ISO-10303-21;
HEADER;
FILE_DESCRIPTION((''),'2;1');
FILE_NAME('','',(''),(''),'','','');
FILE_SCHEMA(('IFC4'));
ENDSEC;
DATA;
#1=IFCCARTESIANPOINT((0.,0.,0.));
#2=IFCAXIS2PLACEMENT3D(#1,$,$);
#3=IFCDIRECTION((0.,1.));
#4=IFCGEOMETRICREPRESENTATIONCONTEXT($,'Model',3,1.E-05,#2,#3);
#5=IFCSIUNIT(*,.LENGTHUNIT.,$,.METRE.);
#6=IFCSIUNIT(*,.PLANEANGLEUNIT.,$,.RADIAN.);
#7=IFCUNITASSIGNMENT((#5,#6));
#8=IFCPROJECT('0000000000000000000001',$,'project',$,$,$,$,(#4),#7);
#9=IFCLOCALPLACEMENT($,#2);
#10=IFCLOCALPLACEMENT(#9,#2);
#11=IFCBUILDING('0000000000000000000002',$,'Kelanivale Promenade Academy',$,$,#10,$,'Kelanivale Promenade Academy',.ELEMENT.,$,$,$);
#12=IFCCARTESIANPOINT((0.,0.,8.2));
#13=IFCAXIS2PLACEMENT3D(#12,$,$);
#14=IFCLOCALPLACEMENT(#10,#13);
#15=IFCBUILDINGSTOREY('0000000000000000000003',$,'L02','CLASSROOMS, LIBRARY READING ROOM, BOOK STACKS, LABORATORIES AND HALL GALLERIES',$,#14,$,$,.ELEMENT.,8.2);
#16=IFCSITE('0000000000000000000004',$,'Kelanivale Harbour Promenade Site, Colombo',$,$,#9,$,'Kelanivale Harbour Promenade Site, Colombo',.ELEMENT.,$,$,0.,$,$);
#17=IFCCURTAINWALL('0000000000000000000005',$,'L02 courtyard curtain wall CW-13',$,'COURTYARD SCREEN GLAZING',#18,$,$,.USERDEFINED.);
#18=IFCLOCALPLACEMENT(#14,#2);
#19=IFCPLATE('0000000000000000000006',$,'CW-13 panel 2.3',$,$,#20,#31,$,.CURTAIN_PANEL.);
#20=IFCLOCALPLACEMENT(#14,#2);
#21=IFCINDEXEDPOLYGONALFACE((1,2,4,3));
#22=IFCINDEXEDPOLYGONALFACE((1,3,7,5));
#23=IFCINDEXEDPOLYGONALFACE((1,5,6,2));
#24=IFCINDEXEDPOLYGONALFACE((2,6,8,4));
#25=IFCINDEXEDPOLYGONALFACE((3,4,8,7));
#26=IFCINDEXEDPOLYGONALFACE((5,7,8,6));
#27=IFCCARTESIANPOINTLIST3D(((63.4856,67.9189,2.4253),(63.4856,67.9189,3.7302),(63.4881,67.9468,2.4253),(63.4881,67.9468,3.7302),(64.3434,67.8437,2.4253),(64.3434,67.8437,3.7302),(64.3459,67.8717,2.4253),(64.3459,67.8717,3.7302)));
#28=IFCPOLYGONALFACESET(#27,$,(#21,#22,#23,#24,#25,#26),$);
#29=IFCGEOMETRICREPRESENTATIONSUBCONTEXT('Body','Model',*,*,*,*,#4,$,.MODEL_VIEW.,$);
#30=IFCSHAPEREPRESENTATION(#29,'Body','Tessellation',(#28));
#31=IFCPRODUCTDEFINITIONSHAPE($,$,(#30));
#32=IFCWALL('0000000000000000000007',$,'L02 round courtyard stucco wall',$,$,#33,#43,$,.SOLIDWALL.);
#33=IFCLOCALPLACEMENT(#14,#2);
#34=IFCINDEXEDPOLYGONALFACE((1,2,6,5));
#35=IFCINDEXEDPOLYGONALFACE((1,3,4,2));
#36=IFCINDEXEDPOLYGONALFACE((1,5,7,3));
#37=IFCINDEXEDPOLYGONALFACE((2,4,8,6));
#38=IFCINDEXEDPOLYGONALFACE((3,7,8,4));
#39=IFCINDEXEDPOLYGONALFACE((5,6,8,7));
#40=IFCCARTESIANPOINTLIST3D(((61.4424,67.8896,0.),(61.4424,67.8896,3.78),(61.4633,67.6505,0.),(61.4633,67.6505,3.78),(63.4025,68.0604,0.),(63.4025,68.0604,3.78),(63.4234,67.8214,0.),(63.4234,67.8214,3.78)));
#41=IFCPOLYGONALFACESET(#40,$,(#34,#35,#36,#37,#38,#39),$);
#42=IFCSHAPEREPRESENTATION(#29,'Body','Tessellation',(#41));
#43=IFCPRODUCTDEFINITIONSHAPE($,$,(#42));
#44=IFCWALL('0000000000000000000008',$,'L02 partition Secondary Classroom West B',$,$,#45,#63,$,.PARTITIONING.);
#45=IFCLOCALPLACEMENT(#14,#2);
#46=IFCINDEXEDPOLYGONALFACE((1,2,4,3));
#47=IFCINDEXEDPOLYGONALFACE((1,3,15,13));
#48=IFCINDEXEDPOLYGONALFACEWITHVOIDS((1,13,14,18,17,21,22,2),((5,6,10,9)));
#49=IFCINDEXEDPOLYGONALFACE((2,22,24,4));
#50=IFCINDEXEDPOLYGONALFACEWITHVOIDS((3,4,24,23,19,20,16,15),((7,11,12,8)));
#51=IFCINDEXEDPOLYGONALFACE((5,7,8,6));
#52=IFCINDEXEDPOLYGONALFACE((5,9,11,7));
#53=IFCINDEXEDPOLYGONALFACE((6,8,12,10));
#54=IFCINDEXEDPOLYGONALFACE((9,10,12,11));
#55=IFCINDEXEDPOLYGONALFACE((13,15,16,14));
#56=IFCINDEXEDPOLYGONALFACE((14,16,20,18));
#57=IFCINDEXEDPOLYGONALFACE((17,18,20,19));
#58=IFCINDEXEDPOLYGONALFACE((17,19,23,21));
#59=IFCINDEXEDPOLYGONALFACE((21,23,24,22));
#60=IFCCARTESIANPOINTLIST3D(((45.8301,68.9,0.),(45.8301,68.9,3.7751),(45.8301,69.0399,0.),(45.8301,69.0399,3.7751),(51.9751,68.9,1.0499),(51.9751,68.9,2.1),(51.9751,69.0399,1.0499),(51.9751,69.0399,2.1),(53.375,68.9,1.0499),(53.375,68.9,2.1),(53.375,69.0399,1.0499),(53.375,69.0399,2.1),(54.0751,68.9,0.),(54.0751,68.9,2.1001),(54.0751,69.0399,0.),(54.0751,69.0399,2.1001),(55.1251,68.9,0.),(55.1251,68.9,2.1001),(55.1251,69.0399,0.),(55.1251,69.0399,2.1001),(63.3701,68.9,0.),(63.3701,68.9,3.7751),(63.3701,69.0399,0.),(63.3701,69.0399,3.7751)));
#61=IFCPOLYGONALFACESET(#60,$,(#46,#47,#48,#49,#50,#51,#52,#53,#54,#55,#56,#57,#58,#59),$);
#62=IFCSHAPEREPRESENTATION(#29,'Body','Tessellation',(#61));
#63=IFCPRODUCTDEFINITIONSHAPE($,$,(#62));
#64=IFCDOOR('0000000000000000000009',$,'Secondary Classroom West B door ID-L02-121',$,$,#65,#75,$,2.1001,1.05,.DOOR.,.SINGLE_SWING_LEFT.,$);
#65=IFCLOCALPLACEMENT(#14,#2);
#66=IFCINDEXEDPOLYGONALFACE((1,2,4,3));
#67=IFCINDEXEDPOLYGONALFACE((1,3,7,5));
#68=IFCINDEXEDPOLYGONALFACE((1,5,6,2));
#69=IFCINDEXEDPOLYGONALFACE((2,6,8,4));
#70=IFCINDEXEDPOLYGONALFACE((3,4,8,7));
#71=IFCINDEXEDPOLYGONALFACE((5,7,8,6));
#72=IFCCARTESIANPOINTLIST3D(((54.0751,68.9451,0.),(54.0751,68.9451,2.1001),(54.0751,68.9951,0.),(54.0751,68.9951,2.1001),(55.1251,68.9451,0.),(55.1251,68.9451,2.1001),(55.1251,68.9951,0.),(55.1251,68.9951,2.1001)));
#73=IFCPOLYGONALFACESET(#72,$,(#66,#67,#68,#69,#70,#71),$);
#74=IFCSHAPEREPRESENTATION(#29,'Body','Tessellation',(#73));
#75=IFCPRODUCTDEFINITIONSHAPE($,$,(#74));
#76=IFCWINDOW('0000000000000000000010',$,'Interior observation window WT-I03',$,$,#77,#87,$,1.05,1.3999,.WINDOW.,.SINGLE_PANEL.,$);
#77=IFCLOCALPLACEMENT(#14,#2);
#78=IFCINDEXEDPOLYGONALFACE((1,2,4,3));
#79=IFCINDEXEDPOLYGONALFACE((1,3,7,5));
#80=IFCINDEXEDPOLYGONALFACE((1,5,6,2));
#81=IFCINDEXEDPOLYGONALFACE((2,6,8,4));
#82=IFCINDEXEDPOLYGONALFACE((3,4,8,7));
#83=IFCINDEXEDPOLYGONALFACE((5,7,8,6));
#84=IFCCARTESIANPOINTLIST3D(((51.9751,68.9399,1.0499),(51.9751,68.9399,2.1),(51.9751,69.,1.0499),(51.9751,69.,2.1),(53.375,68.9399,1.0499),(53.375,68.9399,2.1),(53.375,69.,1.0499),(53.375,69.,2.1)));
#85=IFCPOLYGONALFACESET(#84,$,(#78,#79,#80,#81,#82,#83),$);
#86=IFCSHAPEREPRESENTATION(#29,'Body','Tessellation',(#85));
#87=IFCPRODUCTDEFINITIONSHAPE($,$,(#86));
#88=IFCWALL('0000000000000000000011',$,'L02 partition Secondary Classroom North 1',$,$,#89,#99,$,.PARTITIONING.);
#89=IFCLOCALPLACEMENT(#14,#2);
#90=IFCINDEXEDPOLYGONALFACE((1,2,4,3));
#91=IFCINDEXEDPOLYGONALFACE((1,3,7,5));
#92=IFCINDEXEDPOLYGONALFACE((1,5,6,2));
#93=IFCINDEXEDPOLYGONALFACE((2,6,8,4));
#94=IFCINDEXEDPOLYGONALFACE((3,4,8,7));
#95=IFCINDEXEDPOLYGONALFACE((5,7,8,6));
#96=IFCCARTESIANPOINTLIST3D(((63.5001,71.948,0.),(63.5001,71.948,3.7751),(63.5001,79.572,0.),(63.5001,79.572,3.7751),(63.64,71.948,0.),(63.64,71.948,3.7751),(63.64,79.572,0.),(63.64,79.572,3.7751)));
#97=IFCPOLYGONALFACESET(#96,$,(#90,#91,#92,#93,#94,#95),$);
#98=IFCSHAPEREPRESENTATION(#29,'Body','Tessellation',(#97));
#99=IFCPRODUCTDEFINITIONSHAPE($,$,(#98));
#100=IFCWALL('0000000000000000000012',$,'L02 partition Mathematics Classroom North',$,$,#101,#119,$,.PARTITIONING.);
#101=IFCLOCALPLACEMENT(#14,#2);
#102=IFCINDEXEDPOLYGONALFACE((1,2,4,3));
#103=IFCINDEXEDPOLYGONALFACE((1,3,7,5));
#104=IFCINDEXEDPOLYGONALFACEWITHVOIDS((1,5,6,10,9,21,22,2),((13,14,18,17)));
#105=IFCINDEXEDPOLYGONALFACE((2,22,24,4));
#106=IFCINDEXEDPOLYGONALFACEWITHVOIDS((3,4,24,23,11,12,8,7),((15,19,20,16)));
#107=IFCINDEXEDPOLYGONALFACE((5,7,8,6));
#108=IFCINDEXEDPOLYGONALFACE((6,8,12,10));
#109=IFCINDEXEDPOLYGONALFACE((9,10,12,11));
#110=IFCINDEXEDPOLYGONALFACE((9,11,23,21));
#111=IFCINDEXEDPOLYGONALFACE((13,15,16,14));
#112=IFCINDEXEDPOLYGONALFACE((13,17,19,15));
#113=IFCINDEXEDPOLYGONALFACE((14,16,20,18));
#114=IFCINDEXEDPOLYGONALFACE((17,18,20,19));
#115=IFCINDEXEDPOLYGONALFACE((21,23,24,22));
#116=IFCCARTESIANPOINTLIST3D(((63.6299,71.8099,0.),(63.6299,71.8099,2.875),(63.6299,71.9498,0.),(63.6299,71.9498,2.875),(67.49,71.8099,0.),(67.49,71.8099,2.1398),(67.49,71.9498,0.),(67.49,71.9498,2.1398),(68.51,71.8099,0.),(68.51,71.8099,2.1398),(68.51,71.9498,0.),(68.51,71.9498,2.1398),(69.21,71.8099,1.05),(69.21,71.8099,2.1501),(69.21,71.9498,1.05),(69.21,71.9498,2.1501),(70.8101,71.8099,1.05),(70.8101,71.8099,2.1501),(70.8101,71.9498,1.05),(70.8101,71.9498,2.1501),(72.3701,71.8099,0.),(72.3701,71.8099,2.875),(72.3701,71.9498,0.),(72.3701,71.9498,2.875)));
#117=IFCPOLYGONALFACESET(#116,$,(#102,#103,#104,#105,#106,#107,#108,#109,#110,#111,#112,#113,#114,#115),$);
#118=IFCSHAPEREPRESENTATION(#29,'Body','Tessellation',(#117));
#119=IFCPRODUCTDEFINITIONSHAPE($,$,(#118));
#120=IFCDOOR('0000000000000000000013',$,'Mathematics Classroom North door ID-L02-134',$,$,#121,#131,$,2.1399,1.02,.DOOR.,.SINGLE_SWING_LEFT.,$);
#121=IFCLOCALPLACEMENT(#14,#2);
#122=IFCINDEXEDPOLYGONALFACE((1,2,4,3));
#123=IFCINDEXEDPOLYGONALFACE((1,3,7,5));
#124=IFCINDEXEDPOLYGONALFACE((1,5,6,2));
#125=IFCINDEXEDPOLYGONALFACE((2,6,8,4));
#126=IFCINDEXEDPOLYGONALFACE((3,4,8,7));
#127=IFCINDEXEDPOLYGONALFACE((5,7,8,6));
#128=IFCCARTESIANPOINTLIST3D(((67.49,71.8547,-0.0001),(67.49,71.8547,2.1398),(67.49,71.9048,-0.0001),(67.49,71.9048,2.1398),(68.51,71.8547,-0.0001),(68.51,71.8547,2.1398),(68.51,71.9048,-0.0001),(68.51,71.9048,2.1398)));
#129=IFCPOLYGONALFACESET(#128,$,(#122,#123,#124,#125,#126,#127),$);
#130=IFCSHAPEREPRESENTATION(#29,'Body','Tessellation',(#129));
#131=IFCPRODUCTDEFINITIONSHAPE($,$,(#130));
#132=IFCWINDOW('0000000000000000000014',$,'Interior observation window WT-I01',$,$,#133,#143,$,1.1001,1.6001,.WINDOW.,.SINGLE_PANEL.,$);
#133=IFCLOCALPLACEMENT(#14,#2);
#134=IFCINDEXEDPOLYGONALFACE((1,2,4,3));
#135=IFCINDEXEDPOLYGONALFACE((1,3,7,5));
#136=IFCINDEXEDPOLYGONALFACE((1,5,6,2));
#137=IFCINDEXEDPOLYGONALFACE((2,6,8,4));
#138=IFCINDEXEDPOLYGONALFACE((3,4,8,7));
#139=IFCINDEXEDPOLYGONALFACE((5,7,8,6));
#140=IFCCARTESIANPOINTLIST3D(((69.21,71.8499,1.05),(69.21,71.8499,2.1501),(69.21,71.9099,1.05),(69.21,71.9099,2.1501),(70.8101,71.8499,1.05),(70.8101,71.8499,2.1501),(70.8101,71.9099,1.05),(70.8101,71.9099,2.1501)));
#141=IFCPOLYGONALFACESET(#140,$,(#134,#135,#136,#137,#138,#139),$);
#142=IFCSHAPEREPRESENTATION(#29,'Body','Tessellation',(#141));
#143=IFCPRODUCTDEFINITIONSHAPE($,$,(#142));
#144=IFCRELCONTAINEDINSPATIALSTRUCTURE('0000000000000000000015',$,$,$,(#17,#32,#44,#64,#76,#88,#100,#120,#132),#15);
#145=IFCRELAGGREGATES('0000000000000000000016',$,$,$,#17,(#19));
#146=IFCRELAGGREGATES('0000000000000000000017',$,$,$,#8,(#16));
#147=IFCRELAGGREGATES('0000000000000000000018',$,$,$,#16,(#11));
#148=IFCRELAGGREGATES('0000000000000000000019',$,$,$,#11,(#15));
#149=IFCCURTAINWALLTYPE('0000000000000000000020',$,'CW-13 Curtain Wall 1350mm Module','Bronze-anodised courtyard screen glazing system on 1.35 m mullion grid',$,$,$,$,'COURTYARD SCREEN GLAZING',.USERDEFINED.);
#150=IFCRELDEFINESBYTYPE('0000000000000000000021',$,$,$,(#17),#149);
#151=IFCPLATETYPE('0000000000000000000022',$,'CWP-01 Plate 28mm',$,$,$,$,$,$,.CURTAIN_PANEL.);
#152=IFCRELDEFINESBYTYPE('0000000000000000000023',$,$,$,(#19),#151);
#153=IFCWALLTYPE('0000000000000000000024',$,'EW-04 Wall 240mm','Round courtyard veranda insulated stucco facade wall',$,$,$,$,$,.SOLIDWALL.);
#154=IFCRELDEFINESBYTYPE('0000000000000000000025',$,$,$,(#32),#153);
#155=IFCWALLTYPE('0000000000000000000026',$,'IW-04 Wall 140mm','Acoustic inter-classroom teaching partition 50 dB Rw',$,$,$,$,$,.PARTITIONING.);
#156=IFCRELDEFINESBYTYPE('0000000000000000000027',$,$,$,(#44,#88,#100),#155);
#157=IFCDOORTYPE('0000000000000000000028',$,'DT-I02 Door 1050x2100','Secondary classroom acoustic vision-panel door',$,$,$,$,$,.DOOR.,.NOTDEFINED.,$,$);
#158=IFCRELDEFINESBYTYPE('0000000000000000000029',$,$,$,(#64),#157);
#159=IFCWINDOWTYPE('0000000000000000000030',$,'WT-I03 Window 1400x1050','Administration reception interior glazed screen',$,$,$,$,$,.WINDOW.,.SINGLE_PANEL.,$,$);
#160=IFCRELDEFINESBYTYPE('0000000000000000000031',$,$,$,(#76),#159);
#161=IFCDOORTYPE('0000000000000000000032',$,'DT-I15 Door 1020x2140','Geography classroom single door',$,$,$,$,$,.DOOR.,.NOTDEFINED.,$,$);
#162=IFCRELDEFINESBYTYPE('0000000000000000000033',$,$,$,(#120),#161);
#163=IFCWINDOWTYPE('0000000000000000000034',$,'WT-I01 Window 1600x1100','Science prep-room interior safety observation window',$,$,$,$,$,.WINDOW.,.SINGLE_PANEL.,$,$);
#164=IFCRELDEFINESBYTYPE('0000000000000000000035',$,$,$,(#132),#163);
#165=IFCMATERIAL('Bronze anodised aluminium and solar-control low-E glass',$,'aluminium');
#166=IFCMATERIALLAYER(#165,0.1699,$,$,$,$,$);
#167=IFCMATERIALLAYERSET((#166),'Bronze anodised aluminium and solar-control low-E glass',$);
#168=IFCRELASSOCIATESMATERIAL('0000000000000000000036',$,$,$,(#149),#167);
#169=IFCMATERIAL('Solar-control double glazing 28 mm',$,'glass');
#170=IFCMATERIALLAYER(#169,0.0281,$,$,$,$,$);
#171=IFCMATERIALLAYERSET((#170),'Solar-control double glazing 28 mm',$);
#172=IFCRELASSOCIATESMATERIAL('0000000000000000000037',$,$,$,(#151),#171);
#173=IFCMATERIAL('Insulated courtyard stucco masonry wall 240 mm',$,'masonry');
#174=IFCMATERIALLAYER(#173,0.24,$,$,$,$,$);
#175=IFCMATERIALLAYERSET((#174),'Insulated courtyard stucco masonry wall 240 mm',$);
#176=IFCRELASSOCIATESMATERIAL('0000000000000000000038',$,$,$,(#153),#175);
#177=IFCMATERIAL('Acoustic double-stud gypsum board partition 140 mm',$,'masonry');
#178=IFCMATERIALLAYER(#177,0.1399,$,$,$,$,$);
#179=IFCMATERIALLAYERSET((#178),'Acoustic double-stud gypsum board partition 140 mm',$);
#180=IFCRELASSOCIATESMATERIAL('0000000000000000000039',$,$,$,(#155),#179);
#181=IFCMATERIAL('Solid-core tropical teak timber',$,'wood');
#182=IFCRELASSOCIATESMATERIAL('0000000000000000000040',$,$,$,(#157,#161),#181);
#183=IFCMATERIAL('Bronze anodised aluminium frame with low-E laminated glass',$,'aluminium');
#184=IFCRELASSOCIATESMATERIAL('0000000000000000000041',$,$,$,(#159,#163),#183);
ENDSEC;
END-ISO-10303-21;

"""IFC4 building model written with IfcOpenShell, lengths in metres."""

from ifc_helpers import new_model, si_unit, direction, frame, frame_2d, origin, origin_2d, place, context, subcontext, project, spatial, rectangle, extrude, material, layer, layer_set, type_object, element, fill, aggregate, save


model = new_model("IFC4")

# Units and contexts
model_context = context("Model", 3, precision=1e-05, world=origin(), true_north=direction((0.0, 1.0)))
body_context = subcontext(model_context, "Body", "Model", "MODEL_VIEW")
ifc_project = project(units=[si_unit("LENGTHUNIT", "METRE"), si_unit("PLANEANGLEUNIT", "RADIAN")], contexts=[model_context])

# Site, building, storey
site_placement = place(None, origin())
site = spatial("IfcSite", under=ifc_project, at=site_placement, Name="Kelanivale Harbour Promenade Site, Colombo", LongName="Kelanivale Harbour Promenade Site, Colombo", CompositionType="ELEMENT", RefElevation=0.0)
building_placement = place(site_placement, origin())
building = spatial("IfcBuilding", under=site, at=building_placement, Name="Kelanivale Promenade Academy", LongName="Kelanivale Promenade Academy", CompositionType="ELEMENT")
storey_placement = place(building_placement, frame((0.0, 0.0, 8.2)))
storey = spatial("IfcBuildingStorey", under=building, at=storey_placement, Name="L02", Description="CLASSROOMS, LIBRARY READING ROOM, BOOK STACKS, LABORATORIES AND HALL GALLERIES", CompositionType="ELEMENT", Elevation=8.2)

# Curtain wall
ifc_material_1 = material(Name="Bronze anodised aluminium and solar-control low-E glass", Category="aluminium")
ifc_layer_1 = layer(ifc_material_1, 0.1699)
ifc_layer_set_1 = layer_set([ifc_layer_1], Name="Bronze anodised aluminium and solar-control low-E glass")
curtain_wall_type = type_object("IfcCurtainWallType", Name="CW-13 Curtain Wall 1350mm Module", Description="Bronze-anodised courtyard screen glazing system on 1.35 m mullion grid", ElementType="COURTYARD SCREEN GLAZING", PredefinedType="USERDEFINED", material=ifc_layer_set_1)
curtain_wall_placement = place(storey_placement, origin())
curtain_wall = element("IfcCurtainWall", 1, at=curtain_wall_placement, inside=storey, type_object=curtain_wall_type, Name="L02 courtyard curtain wall CW-13", ObjectType="COURTYARD SCREEN GLAZING", PredefinedType="USERDEFINED")

# Plate
ifc_material_2 = material(Name="Solar-control double glazing 28 mm", Category="glass")
ifc_layer_2 = layer(ifc_material_2, 0.0281)
ifc_layer_set_2 = layer_set([ifc_layer_2], Name="Solar-control double glazing 28 mm")
plate_type = type_object("IfcPlateType", Name="CWP-01 Plate 28mm", PredefinedType="CURTAIN_PANEL", material=ifc_layer_set_2)
plate_1_placement = place(storey_placement, frame((63.9158, 67.8953, 2.4253), z_axis=(0.0, 0.0, 1.0), x_axis=(-0.996185, 0.087265, 0.0)))
plate_1 = element("IfcPlate", 2, at=plate_1_placement, type_object=plate_type, Name="CW-13 panel 2.3", PredefinedType="CURTAIN_PANEL", context=body_context, shape_type="SweptSolid", body=[
    extrude(rectangle(XDim=0.8611, YDim=0.0281, at=origin_2d()), origin(), (0.0, 0.0, 1.0), 1.3049),
])
aggregate(curtain_wall, [plate_1])

# Wall
ifc_material_3 = material(Name="Insulated courtyard stucco masonry wall 240 mm", Category="masonry")
ifc_layer_3 = layer(ifc_material_3, 0.24)
ifc_layer_set_3 = layer_set([ifc_layer_3], Name="Insulated courtyard stucco masonry wall 240 mm")
wall_type_1 = type_object("IfcWallType", Name="EW-04 Wall 240mm", Description="Round courtyard veranda insulated stucco facade wall", PredefinedType="SOLIDWALL", material=ifc_layer_set_3)
wall_1_placement = place(storey_placement, frame((63.4131, 67.9409, 0.0), z_axis=(0.0, 0.0, 1.0), x_axis=(-0.996221, -0.086854, 0.0)))
element("IfcWall", 3, at=wall_1_placement, inside=storey, type_object=wall_type_1, Name="L02 round courtyard stucco wall", PredefinedType="SOLIDWALL", context=body_context, shape_type="SweptSolid", body=[
    extrude(rectangle(XDim=1.9675, YDim=0.24, at=frame_2d((0.9839, 0.0))), origin(), (0.0, 0.0, 1.0), 3.78),
])

# Wall, openings, door, window
ifc_material_4 = material(Name="Acoustic double-stud gypsum board partition 140 mm", Category="masonry")
ifc_layer_4 = layer(ifc_material_4, 0.1399)
ifc_layer_set_4 = layer_set([ifc_layer_4], Name="Acoustic double-stud gypsum board partition 140 mm")
wall_type_2 = type_object("IfcWallType", Name="IW-04 Wall 140mm", Description="Acoustic inter-classroom teaching partition 50 dB Rw", PredefinedType="PARTITIONING", material=ifc_layer_set_4)
wall_2_placement = place(storey_placement, frame((63.3701, 68.97, 0.0), z_axis=(0.0, 0.0, 1.0), x_axis=(-1.0, 0.0, 0.0)))
wall_2 = element("IfcWall", 4, at=wall_2_placement, inside=storey, type_object=wall_type_2, Name="L02 partition Secondary Classroom West B", PredefinedType="PARTITIONING", context=body_context, shape_type="SweptSolid", body=[
    extrude(rectangle(XDim=17.54, YDim=0.1399, at=frame_2d((8.77, 0.0))), origin(), (0.0, 0.0, 1.0), 3.7751),
])
opening_1_placement = place(wall_2_placement, frame((8.2451, 0.0, 0.0)))
opening_1 = element("IfcOpeningElement", 5, at=opening_1_placement, cuts=wall_2, PredefinedType="OPENING", context=body_context, shape_type="SweptSolid", body=[
    extrude(rectangle(XDim=1.05, YDim=2.1001, at=frame_2d((0.5249, 1.05))), frame((0.0, 0.0801, 0.0), z_axis=(0.0, -1.0, 0.0), x_axis=(1.0, 0.0, 0.0)), (0.0, 0.0, 1.0), 0.1599),
])
opening_2_placement = place(wall_2_placement, frame((9.9951, 0.0, 1.05)))
opening_2 = element("IfcOpeningElement", 6, at=opening_2_placement, cuts=wall_2, PredefinedType="OPENING", context=body_context, shape_type="SweptSolid", body=[
    extrude(rectangle(XDim=1.3999, YDim=1.05, at=frame_2d((0.7, 0.5249))), frame((0.0, 0.0801, 0.0), z_axis=(0.0, -1.0, 0.0), x_axis=(1.0, 0.0, 0.0)), (0.0, 0.0, 1.0), 0.1599),
])
ifc_material_5 = material(Name="Solid-core tropical teak timber", Category="wood")
door_type_1 = type_object("IfcDoorType", Name="DT-I02 Door 1050x2100", Description="Secondary classroom acoustic vision-panel door", OperationType="NOTDEFINED", PredefinedType="DOOR", material=ifc_material_5)
door_1_placement = place(opening_1_placement, origin())
door_1 = element("IfcDoor", 7, at=door_1_placement, inside=storey, type_object=door_type_1, Name="Secondary Classroom West B door ID-L02-121", OperationType="SINGLE_SWING_LEFT", OverallHeight=2.1001, OverallWidth=1.05, PredefinedType="DOOR", context=body_context, shape_type="SweptSolid", body=[
    extrude(rectangle(XDim=1.05, YDim=2.1001, at=frame_2d((0.5249, 1.05))), frame((0.0, 0.0249, 0.0), z_axis=(0.0, -1.0, 0.0), x_axis=(1.0, 0.0, 0.0)), (0.0, 0.0, 1.0), 0.05),
])
fill(opening_1, door_1)
ifc_material_6 = material(Name="Bronze anodised aluminium frame with low-E laminated glass", Category="aluminium")
window_type_1 = type_object("IfcWindowType", Name="WT-I03 Window 1400x1050", Description="Administration reception interior glazed screen", PartitioningType="SINGLE_PANEL", PredefinedType="WINDOW", material=ifc_material_6)
window_1_placement = place(opening_2_placement, origin())
window_1 = element("IfcWindow", 8, at=window_1_placement, inside=storey, type_object=window_type_1, Name="Interior observation window WT-I03", OverallHeight=1.05, OverallWidth=1.3999, PartitioningType="SINGLE_PANEL", PredefinedType="WINDOW", context=body_context, shape_type="SweptSolid", body=[
    extrude(rectangle(XDim=1.3999, YDim=1.05, at=frame_2d((0.7, 0.5249))), frame((0.0, 0.03, 0.0), z_axis=(0.0, -1.0, 0.0), x_axis=(1.0, 0.0, 0.0)), (0.0, 0.0, 1.0), 0.0601),
])
fill(opening_2, window_1)

# Wall
wall_3_placement = place(storey_placement, frame((63.5701, 71.948, 0.0), z_axis=(0.0, 0.0, 1.0), x_axis=(0.0, 1.0, 0.0)))
element("IfcWall", 9, at=wall_3_placement, inside=storey, type_object=wall_type_2, Name="L02 partition Secondary Classroom North 1", PredefinedType="PARTITIONING", context=body_context, shape_type="SweptSolid", body=[
    extrude(rectangle(XDim=7.624, YDim=0.1399, at=frame_2d((3.812, 0.0))), origin(), (0.0, 0.0, 1.0), 3.7751),
])

# Wall, openings, door, window
wall_4_placement = place(storey_placement, frame((63.6299, 71.8799, 0.0), z_axis=(0.0, 0.0, 1.0), x_axis=(1.0, 0.0, 0.0)))
wall_4 = element("IfcWall", 10, at=wall_4_placement, inside=storey, type_object=wall_type_2, Name="L02 partition Mathematics Classroom North", PredefinedType="PARTITIONING", context=body_context, shape_type="SweptSolid", body=[
    extrude(rectangle(XDim=8.7402, YDim=0.1399, at=frame_2d((4.3701, 0.0))), origin(), (0.0, 0.0, 1.0), 2.875),
])
opening_3_placement = place(wall_4_placement, frame((3.8601, 0.0, 0.0)))
opening_3 = element("IfcOpeningElement", 11, at=opening_3_placement, cuts=wall_4, PredefinedType="OPENING", context=body_context, shape_type="SweptSolid", body=[
    extrude(rectangle(XDim=1.02, YDim=2.1399, at=frame_2d((0.51, 1.0698))), frame((0.0, 0.0801, 0.0), z_axis=(0.0, -1.0, 0.0), x_axis=(1.0, 0.0, 0.0)), (0.0, 0.0, 1.0), 0.1599),
])
opening_4_placement = place(wall_4_placement, frame((5.5801, 0.0, 1.05)))
opening_4 = element("IfcOpeningElement", 12, at=opening_4_placement, cuts=wall_4, PredefinedType="OPENING", context=body_context, shape_type="SweptSolid", body=[
    extrude(rectangle(XDim=1.6001, YDim=1.1001, at=frame_2d((0.8, 0.55))), frame((0.0, 0.0801, 0.0), z_axis=(0.0, -1.0, 0.0), x_axis=(1.0, 0.0, 0.0)), (0.0, 0.0, 1.0), 0.1599),
])
door_type_2 = type_object("IfcDoorType", Name="DT-I15 Door 1020x2140", Description="Geography classroom single door", OperationType="NOTDEFINED", PredefinedType="DOOR", material=ifc_material_5)
door_2_placement = place(opening_3_placement, origin())
door_2 = element("IfcDoor", 13, at=door_2_placement, inside=storey, type_object=door_type_2, Name="Mathematics Classroom North door ID-L02-134", OperationType="SINGLE_SWING_LEFT", OverallHeight=2.1399, OverallWidth=1.02, PredefinedType="DOOR", context=body_context, shape_type="SweptSolid", body=[
    extrude(rectangle(XDim=1.02, YDim=2.1399, at=frame_2d((0.51, 1.0698))), frame((0.0, 0.0249, 0.0), z_axis=(0.0, -1.0, 0.0), x_axis=(1.0, 0.0, 0.0)), (0.0, 0.0, 1.0), 0.05),
])
fill(opening_3, door_2)
window_type_2 = type_object("IfcWindowType", Name="WT-I01 Window 1600x1100", Description="Science prep-room interior safety observation window", PartitioningType="SINGLE_PANEL", PredefinedType="WINDOW", material=ifc_material_6)
window_2_placement = place(opening_4_placement, origin())
window_2 = element("IfcWindow", 14, at=window_2_placement, inside=storey, type_object=window_type_2, Name="Interior observation window WT-I01", OverallHeight=1.1001, OverallWidth=1.6001, PartitioningType="SINGLE_PANEL", PredefinedType="WINDOW", context=body_context, shape_type="SweptSolid", body=[
    extrude(rectangle(XDim=1.6001, YDim=1.1001, at=frame_2d((0.8, 0.55))), frame((0.0, 0.03, 0.0), z_axis=(0.0, -1.0, 0.0), x_axis=(1.0, 0.0, 0.0)), (0.0, 0.0, 1.0), 0.0601),
])
fill(opening_4, window_2)

save(model, "model.ifc")
